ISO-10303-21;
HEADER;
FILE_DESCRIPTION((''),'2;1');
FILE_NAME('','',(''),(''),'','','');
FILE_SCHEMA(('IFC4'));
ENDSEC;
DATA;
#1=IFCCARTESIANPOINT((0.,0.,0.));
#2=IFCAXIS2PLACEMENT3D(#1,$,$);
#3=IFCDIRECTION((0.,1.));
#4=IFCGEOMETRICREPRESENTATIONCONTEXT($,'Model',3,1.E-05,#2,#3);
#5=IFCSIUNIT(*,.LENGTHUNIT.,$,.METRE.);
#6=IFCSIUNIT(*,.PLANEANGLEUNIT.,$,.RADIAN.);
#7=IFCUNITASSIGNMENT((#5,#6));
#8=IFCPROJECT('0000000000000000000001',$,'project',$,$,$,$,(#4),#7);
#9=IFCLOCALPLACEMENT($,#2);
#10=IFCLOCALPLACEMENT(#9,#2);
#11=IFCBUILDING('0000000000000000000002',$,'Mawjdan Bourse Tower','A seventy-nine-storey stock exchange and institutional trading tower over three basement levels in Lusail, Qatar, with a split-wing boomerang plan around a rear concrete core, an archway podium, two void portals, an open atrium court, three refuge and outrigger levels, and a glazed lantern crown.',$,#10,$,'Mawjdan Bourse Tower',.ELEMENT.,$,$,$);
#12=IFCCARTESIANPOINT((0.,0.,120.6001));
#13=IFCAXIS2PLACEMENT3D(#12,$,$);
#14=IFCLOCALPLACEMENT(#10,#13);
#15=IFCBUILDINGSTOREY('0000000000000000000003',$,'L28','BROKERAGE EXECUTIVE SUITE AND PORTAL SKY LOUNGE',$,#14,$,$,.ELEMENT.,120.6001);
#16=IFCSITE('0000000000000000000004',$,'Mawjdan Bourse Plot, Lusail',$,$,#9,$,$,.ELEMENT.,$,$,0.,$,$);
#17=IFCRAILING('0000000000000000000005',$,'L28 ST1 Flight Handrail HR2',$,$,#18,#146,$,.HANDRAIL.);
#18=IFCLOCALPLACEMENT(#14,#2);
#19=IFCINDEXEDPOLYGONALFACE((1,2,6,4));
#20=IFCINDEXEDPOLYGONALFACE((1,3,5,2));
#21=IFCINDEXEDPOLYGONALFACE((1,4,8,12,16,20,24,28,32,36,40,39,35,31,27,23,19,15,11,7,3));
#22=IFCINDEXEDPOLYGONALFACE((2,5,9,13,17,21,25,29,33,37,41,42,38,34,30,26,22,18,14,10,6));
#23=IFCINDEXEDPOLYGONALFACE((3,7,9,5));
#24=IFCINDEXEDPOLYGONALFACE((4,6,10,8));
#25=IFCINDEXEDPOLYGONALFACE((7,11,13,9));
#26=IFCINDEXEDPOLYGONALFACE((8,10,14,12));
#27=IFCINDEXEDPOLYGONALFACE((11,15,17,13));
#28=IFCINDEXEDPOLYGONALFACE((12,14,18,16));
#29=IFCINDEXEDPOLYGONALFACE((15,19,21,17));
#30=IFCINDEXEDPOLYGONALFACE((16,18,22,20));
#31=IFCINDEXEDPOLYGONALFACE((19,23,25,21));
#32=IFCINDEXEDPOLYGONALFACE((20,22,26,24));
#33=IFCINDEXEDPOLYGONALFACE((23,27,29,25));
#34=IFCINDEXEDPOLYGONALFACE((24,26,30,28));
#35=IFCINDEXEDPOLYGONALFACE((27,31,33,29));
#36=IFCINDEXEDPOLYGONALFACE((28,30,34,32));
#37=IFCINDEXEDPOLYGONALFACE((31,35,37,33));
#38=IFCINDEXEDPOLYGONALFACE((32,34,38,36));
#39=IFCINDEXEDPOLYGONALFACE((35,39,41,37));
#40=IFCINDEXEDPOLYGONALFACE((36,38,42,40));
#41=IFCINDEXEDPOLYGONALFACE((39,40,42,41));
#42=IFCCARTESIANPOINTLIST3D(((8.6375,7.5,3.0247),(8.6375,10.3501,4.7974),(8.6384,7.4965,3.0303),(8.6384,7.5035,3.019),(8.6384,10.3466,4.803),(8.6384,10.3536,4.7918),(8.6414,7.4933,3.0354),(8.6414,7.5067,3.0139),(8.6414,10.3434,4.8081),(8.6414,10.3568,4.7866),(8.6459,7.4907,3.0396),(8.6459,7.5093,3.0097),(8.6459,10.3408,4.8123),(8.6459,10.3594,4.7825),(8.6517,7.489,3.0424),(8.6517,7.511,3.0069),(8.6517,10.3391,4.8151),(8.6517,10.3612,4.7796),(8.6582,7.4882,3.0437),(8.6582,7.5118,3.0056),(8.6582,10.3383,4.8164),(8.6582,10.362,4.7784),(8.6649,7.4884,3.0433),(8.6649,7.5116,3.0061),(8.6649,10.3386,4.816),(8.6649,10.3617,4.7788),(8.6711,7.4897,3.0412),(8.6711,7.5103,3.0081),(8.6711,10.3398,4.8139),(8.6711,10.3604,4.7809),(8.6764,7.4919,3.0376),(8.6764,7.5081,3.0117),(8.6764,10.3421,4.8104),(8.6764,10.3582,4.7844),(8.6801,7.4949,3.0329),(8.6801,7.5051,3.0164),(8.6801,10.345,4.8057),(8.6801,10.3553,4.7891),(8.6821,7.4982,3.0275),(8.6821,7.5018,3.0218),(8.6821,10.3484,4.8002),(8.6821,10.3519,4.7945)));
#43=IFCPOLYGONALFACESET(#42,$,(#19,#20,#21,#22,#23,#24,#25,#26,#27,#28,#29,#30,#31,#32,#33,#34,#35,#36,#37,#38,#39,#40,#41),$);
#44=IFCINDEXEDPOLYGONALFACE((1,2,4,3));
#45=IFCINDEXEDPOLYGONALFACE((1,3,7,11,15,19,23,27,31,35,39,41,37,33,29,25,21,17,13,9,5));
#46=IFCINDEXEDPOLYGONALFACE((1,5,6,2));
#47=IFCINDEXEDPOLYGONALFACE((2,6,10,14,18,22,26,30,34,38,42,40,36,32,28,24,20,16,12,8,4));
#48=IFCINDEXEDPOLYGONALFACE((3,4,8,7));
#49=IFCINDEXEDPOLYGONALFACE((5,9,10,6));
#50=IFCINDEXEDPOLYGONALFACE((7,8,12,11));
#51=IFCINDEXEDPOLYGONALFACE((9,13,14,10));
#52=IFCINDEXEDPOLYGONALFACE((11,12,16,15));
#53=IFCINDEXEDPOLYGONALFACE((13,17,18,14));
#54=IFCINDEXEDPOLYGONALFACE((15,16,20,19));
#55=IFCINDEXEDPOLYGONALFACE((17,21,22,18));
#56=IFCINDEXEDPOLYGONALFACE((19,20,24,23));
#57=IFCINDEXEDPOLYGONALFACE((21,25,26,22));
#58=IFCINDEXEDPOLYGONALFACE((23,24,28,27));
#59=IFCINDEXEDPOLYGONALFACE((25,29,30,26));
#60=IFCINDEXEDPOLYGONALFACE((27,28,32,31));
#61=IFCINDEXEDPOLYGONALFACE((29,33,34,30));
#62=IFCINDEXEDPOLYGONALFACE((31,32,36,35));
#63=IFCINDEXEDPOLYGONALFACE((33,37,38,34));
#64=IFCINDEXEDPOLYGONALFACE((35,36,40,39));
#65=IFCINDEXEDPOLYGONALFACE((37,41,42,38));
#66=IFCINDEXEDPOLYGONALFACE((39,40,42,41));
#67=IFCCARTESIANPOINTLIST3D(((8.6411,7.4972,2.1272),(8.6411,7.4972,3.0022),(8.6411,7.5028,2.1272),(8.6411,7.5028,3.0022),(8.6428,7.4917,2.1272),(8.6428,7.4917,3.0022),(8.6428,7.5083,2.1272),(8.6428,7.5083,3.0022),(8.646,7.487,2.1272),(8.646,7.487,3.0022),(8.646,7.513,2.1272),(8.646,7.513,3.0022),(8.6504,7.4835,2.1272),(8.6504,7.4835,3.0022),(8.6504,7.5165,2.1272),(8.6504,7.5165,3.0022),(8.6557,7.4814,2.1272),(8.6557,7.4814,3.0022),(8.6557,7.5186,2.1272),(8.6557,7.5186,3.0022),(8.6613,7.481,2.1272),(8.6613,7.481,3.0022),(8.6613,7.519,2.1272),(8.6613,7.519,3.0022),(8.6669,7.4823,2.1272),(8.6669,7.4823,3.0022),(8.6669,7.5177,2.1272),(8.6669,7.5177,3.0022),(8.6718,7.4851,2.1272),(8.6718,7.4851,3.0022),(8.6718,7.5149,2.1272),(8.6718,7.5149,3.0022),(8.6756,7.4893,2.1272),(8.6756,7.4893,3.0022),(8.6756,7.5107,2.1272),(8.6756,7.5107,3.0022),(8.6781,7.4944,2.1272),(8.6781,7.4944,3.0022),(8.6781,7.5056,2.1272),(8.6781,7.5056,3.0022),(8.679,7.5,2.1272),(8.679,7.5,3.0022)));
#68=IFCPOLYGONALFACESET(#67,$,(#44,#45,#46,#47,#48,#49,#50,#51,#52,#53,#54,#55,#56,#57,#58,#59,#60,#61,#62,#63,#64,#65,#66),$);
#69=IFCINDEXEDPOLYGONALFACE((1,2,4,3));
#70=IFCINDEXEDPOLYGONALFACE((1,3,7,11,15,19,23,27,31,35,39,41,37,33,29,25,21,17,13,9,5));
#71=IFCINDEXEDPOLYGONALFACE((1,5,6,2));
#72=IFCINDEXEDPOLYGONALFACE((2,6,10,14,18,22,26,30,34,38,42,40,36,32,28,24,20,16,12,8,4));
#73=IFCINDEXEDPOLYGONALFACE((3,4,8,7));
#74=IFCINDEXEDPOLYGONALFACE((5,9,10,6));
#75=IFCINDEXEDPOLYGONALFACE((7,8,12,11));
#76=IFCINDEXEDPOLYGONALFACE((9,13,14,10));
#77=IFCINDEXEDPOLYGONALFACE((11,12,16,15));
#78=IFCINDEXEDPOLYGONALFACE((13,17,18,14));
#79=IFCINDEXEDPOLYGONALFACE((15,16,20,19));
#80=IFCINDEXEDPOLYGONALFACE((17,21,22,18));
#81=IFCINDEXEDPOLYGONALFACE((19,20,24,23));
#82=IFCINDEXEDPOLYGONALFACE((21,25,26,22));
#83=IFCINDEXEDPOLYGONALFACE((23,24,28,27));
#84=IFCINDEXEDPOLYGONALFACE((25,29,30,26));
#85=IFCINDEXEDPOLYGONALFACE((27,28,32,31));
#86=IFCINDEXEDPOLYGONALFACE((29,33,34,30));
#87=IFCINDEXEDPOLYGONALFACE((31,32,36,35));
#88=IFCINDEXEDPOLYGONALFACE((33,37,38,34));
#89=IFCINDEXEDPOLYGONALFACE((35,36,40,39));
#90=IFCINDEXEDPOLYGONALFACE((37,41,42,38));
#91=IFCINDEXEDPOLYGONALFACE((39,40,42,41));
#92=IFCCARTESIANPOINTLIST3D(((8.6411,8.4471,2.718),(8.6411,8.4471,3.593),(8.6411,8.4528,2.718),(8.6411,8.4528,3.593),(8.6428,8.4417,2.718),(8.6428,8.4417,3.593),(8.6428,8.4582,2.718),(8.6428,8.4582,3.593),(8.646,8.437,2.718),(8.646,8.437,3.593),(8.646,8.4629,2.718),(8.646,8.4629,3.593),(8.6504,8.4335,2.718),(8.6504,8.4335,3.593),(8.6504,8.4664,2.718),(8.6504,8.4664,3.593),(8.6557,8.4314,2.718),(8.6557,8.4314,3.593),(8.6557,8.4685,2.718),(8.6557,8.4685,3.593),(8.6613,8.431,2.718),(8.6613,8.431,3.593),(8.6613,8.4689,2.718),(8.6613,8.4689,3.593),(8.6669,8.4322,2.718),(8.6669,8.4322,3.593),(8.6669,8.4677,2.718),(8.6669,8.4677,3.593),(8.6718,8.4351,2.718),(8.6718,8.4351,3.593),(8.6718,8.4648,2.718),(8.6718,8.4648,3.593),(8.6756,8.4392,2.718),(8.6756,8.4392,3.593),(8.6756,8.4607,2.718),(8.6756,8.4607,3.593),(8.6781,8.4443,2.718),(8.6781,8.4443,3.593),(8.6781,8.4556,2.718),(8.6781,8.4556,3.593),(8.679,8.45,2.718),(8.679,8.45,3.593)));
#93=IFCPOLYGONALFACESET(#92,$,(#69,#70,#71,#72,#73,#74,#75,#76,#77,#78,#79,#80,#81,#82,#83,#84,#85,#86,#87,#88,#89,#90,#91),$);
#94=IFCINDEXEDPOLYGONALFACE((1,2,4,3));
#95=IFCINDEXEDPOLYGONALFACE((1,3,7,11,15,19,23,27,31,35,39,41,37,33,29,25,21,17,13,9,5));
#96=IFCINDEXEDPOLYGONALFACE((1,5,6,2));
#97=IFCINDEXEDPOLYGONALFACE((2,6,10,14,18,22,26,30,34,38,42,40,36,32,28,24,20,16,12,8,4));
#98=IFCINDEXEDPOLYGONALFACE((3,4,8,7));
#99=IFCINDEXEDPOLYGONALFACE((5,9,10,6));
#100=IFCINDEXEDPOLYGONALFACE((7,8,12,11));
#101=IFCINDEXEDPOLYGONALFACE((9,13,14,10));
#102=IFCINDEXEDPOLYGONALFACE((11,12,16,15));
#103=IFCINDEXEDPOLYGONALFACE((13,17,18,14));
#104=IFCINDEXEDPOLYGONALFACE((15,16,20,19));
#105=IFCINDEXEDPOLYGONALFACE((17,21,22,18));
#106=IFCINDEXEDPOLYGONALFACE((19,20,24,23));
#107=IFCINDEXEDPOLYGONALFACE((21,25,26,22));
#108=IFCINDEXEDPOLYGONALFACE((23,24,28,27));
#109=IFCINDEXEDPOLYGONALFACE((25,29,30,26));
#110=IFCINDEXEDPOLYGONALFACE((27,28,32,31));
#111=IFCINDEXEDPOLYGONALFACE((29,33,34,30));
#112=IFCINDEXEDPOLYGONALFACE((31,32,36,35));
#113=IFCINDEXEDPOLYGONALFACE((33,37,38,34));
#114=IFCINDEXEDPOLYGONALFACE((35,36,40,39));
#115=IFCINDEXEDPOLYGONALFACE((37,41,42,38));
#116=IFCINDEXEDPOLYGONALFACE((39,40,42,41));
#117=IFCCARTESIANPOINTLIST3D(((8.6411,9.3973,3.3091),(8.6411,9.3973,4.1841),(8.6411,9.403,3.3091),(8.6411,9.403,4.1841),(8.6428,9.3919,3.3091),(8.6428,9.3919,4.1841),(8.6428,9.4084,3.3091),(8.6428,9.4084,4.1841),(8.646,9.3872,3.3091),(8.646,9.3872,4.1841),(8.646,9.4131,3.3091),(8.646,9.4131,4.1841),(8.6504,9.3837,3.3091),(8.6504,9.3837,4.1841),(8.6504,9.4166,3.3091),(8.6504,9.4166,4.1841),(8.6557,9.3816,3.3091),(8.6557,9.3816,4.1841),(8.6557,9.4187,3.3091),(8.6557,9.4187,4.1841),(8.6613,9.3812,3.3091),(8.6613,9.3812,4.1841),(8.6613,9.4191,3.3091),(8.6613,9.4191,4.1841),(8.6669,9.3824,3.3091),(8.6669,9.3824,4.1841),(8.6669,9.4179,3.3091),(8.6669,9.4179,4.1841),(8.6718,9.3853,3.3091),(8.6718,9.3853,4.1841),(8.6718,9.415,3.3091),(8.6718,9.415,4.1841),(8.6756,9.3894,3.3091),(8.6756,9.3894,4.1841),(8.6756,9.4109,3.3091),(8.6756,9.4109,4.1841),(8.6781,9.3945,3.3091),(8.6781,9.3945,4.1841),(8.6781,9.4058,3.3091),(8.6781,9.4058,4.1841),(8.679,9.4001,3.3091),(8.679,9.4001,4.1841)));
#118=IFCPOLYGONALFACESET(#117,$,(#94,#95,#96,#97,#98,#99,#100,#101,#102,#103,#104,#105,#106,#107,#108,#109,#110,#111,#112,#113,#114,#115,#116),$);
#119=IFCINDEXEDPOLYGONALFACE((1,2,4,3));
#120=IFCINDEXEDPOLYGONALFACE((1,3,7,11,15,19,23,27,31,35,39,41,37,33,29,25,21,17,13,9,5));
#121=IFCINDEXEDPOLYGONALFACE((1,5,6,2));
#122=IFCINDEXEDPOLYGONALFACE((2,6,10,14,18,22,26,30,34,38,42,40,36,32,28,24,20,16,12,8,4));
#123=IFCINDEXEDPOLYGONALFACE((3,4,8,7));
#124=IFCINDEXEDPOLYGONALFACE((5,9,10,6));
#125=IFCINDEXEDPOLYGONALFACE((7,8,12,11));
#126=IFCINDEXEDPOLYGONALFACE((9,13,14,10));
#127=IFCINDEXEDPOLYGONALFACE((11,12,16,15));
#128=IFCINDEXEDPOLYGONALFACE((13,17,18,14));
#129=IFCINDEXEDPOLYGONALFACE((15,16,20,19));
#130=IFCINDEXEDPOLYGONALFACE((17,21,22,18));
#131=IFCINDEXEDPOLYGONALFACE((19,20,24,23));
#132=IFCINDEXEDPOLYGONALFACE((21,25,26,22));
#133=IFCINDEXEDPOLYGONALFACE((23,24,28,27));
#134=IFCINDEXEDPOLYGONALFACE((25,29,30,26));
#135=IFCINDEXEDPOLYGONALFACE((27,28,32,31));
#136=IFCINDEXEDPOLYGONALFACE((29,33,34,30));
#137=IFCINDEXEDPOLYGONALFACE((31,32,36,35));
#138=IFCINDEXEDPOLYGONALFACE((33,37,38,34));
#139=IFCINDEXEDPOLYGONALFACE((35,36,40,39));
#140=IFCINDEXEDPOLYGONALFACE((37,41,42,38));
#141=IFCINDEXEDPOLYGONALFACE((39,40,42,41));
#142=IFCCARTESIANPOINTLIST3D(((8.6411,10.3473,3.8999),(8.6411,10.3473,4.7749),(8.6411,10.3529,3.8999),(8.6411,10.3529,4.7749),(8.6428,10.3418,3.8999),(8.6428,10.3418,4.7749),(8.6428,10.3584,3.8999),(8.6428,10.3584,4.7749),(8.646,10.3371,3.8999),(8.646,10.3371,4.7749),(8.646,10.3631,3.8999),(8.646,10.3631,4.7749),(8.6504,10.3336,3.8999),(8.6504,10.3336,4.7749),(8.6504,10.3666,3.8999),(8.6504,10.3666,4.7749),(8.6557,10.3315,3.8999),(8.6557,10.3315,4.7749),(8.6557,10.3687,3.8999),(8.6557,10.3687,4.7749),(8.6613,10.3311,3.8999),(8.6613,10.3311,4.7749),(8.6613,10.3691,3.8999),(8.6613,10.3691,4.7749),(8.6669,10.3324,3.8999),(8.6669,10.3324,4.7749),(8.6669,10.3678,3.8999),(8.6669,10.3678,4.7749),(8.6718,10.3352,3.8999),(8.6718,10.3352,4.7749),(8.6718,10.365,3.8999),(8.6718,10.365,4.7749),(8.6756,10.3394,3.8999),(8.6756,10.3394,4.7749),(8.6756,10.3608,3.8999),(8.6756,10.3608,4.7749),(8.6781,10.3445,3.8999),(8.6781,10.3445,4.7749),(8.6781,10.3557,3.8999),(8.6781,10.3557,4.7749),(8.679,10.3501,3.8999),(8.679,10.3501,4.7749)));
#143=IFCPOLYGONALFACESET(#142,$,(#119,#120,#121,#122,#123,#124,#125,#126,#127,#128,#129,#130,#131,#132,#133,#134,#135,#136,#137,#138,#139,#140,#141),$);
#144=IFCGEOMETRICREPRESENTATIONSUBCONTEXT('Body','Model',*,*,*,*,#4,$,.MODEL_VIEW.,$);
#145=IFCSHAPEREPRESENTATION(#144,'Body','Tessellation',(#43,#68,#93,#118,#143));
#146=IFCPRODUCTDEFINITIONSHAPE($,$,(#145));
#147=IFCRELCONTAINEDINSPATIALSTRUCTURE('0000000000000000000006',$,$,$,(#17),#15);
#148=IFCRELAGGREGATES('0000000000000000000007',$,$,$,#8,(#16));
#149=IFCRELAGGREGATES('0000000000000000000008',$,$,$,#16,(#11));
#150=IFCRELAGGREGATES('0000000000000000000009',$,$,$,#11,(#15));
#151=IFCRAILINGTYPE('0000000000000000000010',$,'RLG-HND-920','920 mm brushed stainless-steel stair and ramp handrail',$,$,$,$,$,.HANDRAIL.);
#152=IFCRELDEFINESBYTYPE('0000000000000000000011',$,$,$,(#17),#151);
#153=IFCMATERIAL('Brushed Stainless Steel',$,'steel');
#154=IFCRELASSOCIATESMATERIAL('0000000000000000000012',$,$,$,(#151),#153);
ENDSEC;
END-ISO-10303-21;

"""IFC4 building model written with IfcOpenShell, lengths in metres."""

from ifc_helpers import new_model, si_unit, direction, frame, origin, origin_2d, place, context, subcontext, project, spatial, circle, extrude, material, type_object, element, save


model = new_model("IFC4")

# Units and contexts
model_context = context("Model", 3, precision=1e-05, world=origin(), true_north=direction((0.0, 1.0)))
body_context = subcontext(model_context, "Body", "Model", "MODEL_VIEW")
ifc_project = project(units=[si_unit("LENGTHUNIT", "METRE"), si_unit("PLANEANGLEUNIT", "RADIAN")], contexts=[model_context])

# Site, building, storey
site_placement = place(None, origin())
site = spatial("IfcSite", under=ifc_project, at=site_placement, Name="Mawjdan Bourse Plot, Lusail", CompositionType="ELEMENT", RefElevation=0.0)
building_placement = place(site_placement, origin())
building = spatial("IfcBuilding", under=site, at=building_placement, Name="Mawjdan Bourse Tower", Description="A seventy-nine-storey stock exchange and institutional trading tower over three basement levels in Lusail, Qatar, with a split-wing boomerang plan around a rear concrete core, an archway podium, two void portals, an open atrium court, three refuge and outrigger levels, and a glazed lantern crown.", LongName="Mawjdan Bourse Tower", CompositionType="ELEMENT")
storey_placement = place(building_placement, frame((0.0, 0.0, 120.6001)))
storey = spatial("IfcBuildingStorey", under=building, at=storey_placement, Name="L28", Description="BROKERAGE EXECUTIVE SUITE AND PORTAL SKY LOUNGE", CompositionType="ELEMENT", Elevation=120.6001)

# Shared definitions
ifc_material_1 = material(Name="Brushed Stainless Steel", Category="steel")

# Railing
railing_type_1 = type_object("IfcRailingType", Name="RLG-HND-920", Description="920 mm brushed stainless-steel stair and ramp handrail", PredefinedType="HANDRAIL", material=ifc_material_1)
railing_1_placement = place(storey_placement, frame((8.6599, 7.5, 2.1272)))
element("IfcRailing", 1, at=railing_1_placement, inside=storey, type_object=railing_type_1, Name="L28 ST1 Flight Handrail HR2", PredefinedType="HANDRAIL", context=body_context, shape_type="SweptSolid", body=[
    extrude(circle(Radius=0.0225, at=origin_2d()), frame((0.0, 0.0, 0.8975), z_axis=(0.0, 0.849149, 0.528154), x_axis=(-1.0, 0.0, 0.0)), (0.0, 0.0, 1.0), 3.3564),
    extrude(circle(Radius=0.019, at=origin_2d()), origin(), (0.0, 0.0, 1.0), 0.875),
    extrude(circle(Radius=0.019, at=origin_2d()), frame((0.0, 0.95, 0.5908)), (0.0, 0.0, 1.0), 0.875),
    extrude(circle(Radius=0.019, at=origin_2d()), frame((0.0, 1.9001, 1.1819)), (0.0, 0.0, 1.0), 0.875),
    extrude(circle(Radius=0.019, at=origin_2d()), frame((0.0, 2.8501, 1.7727)), (0.0, 0.0, 1.0), 0.875),
])

save(model, "model.ifc")
